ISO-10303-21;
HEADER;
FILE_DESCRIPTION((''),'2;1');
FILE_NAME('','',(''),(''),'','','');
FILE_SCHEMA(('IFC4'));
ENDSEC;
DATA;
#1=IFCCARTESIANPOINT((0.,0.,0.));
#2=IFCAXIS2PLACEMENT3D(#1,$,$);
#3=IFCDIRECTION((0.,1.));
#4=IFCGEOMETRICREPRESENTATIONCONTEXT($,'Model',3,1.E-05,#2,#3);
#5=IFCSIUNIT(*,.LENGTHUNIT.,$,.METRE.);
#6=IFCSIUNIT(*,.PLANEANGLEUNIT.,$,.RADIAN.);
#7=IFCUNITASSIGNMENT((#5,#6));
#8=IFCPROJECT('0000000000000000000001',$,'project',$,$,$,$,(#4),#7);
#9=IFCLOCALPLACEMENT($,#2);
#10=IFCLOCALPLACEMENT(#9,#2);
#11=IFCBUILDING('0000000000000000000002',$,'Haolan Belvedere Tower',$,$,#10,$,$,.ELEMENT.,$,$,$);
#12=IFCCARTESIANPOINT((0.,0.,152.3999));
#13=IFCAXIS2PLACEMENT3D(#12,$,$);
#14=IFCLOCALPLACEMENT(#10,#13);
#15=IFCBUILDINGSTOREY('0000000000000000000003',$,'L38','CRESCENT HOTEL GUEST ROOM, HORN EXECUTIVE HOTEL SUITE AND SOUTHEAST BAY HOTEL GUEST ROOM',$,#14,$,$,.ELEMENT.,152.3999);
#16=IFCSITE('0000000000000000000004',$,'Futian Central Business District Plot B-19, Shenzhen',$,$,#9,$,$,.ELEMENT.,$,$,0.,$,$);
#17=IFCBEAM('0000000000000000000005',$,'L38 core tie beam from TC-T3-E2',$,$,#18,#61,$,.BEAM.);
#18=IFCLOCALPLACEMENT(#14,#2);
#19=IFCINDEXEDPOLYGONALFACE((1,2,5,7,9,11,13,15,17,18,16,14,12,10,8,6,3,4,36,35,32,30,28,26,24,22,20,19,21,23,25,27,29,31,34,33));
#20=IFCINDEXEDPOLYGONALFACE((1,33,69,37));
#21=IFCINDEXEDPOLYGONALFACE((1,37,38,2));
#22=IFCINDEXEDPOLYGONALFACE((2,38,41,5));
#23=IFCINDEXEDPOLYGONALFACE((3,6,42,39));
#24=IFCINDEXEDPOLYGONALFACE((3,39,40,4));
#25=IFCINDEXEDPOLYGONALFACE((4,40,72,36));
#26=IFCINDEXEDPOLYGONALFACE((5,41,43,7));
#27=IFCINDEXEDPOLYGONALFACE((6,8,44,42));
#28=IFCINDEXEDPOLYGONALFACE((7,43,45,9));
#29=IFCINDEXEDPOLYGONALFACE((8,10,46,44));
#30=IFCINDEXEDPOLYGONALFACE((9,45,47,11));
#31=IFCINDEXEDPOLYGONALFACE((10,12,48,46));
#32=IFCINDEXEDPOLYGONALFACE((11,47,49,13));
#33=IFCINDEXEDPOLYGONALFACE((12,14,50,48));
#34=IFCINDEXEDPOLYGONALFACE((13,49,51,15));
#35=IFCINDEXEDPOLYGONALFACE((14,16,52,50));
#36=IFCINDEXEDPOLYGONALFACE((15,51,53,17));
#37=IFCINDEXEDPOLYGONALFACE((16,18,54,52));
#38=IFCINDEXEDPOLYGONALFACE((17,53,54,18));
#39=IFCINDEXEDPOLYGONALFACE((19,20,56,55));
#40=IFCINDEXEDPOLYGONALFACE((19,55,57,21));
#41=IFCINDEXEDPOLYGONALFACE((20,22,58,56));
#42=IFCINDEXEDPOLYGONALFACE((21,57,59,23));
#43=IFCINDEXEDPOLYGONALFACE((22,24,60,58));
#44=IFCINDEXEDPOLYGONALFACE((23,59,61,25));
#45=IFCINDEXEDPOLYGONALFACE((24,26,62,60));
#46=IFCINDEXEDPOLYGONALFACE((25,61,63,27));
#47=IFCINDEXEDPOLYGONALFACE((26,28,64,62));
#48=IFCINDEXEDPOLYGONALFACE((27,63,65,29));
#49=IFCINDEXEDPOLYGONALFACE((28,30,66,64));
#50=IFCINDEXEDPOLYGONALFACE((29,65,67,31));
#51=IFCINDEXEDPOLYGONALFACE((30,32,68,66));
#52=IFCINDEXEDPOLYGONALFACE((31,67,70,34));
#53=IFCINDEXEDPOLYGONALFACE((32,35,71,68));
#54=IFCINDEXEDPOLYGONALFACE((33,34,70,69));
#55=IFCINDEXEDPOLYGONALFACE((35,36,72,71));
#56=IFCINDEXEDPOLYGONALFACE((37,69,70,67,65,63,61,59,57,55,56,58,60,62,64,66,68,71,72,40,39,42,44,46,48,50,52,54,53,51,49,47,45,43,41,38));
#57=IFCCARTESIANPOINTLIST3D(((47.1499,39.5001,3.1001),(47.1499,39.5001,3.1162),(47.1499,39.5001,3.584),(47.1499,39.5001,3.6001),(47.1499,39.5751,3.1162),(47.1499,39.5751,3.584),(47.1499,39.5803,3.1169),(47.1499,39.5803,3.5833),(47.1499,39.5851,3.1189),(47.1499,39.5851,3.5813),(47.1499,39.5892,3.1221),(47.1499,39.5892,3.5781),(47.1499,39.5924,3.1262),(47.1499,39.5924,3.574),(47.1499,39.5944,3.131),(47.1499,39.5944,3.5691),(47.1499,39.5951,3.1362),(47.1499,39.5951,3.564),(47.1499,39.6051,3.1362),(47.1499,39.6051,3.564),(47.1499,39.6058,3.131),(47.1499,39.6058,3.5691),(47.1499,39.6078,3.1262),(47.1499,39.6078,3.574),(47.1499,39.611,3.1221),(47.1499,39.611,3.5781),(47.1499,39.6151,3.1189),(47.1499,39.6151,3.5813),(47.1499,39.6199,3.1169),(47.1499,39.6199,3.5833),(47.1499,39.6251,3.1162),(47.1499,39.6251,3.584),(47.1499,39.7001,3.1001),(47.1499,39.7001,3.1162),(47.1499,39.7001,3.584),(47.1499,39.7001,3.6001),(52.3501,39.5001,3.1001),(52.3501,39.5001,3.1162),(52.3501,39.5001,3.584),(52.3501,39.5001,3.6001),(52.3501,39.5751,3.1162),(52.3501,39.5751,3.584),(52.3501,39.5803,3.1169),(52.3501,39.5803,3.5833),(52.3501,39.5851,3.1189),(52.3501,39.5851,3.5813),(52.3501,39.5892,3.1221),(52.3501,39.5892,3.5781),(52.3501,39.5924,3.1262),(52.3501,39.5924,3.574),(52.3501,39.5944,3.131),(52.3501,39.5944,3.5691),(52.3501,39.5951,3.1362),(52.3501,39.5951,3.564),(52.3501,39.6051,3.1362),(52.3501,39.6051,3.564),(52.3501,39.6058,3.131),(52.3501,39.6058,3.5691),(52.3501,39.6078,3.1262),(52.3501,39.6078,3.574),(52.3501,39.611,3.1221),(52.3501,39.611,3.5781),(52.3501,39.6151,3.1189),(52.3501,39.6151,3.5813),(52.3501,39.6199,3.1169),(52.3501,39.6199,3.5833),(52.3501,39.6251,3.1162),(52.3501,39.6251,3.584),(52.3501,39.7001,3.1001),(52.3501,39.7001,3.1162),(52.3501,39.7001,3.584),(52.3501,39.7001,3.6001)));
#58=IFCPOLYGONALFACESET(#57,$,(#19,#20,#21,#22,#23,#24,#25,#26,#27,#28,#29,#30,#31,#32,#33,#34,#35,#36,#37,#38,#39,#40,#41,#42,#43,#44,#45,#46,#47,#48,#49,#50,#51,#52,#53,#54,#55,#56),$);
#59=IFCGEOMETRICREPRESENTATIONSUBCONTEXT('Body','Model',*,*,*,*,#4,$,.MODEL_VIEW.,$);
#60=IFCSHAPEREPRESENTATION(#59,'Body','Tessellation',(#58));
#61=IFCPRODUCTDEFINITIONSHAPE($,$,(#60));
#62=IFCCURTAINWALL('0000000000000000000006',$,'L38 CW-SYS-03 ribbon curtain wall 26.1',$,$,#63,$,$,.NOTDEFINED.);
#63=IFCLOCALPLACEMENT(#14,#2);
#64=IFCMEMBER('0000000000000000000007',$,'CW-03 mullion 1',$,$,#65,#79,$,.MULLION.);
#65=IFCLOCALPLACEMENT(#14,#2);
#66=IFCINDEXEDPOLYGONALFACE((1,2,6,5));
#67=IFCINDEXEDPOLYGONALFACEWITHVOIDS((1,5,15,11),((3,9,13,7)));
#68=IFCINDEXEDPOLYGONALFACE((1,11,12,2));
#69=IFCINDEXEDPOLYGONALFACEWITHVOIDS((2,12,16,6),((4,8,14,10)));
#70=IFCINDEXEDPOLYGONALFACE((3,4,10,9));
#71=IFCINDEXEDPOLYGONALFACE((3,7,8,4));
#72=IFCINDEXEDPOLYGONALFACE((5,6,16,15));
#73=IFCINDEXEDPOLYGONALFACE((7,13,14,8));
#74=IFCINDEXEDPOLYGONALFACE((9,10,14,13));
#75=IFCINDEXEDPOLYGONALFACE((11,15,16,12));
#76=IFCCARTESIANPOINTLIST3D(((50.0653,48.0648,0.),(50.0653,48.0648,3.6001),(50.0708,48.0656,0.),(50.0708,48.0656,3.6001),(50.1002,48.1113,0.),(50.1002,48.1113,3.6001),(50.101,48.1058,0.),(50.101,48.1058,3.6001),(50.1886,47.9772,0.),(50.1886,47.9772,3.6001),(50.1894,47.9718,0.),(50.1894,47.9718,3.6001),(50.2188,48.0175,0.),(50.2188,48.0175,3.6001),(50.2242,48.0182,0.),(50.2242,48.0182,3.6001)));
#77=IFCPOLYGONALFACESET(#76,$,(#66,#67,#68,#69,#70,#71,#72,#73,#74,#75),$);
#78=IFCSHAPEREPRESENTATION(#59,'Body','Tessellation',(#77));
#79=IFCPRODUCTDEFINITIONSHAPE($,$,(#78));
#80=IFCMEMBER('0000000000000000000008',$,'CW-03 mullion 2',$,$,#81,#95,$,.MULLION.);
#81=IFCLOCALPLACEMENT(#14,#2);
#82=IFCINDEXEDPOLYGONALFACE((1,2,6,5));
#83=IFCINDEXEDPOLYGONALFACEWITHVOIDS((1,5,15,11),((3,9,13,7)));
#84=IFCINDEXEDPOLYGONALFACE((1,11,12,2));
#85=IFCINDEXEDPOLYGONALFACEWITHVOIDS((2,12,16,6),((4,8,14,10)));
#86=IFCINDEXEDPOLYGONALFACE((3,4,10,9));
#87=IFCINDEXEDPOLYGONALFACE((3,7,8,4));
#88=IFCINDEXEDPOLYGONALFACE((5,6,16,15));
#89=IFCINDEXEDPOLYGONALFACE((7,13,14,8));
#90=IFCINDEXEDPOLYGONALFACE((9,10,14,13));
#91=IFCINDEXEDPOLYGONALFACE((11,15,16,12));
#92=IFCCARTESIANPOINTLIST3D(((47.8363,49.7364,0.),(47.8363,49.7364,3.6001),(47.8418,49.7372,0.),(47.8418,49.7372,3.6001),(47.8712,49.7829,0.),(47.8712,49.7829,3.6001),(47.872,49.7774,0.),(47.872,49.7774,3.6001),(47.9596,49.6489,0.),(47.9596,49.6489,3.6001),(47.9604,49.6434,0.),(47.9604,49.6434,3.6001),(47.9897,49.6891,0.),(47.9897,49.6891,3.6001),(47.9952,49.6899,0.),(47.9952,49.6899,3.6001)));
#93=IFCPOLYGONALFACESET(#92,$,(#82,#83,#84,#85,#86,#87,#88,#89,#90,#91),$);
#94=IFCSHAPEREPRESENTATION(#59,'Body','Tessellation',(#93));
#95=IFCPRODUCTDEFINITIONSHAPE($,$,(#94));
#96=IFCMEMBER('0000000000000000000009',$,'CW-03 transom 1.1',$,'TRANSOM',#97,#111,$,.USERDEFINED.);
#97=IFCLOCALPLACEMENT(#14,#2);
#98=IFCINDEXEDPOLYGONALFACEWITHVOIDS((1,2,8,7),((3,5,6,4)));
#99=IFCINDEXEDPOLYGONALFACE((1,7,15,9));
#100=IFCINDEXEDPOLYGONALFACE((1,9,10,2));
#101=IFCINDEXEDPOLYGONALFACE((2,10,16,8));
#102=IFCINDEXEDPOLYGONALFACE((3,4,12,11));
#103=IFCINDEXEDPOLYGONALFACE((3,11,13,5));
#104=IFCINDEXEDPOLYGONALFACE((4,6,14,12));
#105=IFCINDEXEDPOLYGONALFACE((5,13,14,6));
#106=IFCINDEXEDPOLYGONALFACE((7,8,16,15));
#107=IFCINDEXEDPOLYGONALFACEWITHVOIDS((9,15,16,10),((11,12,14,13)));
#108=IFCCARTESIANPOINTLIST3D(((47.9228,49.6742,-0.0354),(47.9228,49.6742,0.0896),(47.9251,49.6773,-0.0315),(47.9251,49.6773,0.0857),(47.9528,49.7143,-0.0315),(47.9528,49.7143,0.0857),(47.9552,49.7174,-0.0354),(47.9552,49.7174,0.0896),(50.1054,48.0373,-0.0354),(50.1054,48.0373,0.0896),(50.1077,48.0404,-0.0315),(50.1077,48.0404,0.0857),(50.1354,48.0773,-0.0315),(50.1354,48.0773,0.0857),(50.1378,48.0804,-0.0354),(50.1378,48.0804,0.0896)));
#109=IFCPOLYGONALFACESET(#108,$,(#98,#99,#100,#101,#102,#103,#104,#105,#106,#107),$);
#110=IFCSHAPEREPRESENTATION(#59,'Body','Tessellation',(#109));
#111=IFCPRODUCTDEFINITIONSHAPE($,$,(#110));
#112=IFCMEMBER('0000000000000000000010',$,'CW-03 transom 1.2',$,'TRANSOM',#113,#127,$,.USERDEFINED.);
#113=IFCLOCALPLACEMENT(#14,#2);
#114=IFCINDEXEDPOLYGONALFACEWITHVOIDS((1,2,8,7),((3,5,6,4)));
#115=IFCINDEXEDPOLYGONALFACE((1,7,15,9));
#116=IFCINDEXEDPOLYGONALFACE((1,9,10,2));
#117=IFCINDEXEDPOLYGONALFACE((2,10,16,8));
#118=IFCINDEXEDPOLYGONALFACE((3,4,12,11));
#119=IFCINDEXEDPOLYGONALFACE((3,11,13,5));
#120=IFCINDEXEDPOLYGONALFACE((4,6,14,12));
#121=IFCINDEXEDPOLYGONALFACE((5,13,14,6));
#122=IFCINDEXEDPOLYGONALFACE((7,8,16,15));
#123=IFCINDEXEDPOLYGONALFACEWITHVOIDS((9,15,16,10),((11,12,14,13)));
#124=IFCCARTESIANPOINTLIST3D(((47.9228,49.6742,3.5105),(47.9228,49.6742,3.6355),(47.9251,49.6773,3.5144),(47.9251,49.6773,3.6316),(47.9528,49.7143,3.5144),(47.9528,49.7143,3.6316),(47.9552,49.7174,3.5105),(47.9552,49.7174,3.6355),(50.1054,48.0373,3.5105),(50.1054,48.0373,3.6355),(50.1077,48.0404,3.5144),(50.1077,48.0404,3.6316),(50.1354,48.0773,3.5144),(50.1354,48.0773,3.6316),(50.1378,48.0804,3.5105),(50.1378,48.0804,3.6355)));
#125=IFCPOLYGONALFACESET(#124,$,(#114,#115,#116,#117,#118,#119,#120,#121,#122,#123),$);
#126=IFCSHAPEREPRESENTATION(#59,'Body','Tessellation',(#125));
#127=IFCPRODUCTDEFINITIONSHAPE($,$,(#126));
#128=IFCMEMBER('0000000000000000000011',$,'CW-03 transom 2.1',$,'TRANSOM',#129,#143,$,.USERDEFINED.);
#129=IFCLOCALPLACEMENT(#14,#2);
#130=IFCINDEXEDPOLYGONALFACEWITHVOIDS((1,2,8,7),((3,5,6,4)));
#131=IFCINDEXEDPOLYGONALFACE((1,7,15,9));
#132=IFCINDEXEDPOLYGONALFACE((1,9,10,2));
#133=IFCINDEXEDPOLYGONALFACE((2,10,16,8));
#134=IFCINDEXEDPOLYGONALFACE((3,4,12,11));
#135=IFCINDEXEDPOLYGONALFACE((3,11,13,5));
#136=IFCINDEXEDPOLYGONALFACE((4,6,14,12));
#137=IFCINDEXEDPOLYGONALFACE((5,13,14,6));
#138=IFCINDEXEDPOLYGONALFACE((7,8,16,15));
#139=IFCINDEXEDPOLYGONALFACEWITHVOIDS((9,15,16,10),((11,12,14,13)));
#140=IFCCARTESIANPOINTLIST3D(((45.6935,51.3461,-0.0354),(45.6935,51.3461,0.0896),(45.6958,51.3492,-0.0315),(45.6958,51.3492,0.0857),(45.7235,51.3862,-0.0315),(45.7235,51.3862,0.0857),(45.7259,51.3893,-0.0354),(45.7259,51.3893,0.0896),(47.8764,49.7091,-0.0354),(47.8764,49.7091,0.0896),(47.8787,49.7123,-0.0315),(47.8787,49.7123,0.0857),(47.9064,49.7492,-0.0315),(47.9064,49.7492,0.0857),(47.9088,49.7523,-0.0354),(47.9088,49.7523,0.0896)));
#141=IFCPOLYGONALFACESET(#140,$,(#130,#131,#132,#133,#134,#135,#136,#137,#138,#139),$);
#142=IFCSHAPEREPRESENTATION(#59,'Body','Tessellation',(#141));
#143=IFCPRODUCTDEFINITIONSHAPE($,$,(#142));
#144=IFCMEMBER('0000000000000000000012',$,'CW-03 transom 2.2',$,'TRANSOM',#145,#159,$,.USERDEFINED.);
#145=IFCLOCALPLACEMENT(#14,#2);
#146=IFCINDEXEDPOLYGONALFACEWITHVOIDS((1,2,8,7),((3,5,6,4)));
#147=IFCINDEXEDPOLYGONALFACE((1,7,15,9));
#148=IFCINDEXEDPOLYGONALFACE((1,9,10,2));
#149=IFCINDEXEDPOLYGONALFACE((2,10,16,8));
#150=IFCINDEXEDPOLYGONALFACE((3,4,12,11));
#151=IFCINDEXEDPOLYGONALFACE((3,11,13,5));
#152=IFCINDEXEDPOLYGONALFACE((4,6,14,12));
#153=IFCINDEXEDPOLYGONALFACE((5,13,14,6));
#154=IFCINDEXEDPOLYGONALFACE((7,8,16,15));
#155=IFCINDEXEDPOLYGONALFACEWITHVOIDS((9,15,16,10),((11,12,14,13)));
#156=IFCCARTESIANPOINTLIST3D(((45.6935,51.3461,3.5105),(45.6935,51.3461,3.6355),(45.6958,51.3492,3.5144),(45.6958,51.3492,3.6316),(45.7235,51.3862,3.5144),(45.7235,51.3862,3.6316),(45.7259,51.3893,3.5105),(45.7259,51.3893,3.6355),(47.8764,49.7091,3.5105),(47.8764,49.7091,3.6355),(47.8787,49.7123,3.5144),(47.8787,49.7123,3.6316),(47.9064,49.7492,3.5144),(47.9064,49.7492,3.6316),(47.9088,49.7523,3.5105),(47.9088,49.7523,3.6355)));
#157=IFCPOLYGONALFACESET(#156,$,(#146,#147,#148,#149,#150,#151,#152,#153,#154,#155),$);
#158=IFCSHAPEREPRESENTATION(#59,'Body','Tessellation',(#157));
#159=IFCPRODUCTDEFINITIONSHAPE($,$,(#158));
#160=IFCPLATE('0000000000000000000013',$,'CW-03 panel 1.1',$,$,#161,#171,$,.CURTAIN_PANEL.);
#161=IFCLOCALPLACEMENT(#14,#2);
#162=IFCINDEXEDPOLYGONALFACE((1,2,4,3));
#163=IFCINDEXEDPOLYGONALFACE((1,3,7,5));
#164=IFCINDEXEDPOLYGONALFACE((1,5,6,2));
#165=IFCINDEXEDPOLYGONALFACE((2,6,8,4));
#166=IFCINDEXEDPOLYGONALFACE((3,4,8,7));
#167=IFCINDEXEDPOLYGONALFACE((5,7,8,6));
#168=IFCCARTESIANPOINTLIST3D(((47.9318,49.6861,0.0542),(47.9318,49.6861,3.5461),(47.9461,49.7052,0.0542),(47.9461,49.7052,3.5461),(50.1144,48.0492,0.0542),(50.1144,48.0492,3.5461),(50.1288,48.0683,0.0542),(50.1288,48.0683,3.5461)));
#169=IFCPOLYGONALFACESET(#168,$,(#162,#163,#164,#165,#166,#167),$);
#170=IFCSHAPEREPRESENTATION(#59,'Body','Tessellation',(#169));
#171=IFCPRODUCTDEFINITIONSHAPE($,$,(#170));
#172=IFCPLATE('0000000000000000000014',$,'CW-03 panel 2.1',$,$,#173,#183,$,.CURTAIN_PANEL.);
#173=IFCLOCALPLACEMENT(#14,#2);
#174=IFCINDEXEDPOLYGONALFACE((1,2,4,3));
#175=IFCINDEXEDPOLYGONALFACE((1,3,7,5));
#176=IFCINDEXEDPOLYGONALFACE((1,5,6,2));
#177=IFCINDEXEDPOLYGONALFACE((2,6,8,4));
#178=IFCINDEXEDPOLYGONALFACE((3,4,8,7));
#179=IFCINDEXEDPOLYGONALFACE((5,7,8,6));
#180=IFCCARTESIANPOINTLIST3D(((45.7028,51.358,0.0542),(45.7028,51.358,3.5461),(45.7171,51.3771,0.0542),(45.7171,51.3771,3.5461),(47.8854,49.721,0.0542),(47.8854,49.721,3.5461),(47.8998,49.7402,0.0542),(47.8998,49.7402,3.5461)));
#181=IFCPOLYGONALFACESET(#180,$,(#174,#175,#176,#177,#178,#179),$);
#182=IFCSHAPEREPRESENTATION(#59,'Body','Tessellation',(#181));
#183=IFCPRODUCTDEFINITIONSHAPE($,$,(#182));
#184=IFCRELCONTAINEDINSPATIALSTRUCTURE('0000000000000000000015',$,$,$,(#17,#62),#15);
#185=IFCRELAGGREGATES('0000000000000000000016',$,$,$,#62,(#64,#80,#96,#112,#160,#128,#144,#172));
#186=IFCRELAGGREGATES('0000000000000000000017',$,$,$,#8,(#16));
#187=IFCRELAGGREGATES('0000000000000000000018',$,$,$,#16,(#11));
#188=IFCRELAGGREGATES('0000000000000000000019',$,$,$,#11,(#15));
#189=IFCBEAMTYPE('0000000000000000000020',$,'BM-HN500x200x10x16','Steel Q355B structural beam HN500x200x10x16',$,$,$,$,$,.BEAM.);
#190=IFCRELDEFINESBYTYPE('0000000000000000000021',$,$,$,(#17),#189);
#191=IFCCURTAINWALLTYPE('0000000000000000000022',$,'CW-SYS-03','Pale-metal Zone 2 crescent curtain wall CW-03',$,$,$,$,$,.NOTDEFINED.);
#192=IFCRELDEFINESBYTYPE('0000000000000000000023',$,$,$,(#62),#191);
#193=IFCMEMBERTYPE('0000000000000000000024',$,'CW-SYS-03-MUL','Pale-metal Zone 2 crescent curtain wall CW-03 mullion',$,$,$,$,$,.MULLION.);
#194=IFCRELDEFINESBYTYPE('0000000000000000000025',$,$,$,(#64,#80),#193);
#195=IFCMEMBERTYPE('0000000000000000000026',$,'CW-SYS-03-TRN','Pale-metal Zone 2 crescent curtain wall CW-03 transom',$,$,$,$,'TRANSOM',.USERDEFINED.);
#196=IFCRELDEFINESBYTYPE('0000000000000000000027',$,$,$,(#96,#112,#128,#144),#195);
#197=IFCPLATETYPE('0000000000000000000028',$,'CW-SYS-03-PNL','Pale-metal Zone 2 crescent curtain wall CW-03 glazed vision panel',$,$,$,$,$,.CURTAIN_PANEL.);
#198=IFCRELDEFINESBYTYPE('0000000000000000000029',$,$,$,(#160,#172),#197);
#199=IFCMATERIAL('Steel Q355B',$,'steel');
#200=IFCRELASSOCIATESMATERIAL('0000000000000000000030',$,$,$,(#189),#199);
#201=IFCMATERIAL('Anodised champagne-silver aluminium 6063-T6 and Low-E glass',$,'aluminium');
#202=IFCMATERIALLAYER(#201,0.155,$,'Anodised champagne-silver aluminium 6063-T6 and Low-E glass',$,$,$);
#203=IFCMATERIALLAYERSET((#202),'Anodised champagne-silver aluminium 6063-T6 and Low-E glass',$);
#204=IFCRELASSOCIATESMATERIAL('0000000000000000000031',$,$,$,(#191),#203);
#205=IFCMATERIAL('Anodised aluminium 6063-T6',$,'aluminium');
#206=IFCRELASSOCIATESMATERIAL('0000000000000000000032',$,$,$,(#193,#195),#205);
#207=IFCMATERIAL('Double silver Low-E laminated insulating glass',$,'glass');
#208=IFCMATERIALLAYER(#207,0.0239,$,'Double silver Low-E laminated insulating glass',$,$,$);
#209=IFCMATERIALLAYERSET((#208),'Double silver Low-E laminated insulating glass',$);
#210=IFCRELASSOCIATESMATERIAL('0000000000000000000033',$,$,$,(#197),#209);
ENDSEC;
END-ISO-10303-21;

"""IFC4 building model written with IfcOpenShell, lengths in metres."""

from ifc_helpers import new_model, si_unit, direction, frame, origin, origin_2d, place, context, subcontext, project, spatial, rectangle, hollow_rectangle, i_section, extrude, material, layer, layer_set, material_profile, profile_set, type_object, element, aggregate, save


model = new_model("IFC4")

# Units and contexts
model_context = context("Model", 3, precision=1e-05, world=origin(), true_north=direction((0.0, 1.0)))
body_context = subcontext(model_context, "Body", "Model", "MODEL_VIEW")
ifc_project = project(units=[si_unit("LENGTHUNIT", "METRE"), si_unit("PLANEANGLEUNIT", "RADIAN")], contexts=[model_context])

# Site, building, storey
site_placement = place(None, origin())
site = spatial("IfcSite", under=ifc_project, at=site_placement, Name="Futian Central Business District Plot B-19, Shenzhen", CompositionType="ELEMENT", RefElevation=0.0)
building_placement = place(site_placement, origin())
building = spatial("IfcBuilding", under=site, at=building_placement, Name="Haolan Belvedere Tower", CompositionType="ELEMENT")
storey_placement = place(building_placement, frame((0.0, 0.0, 152.3999)))
storey = spatial("IfcBuildingStorey", under=building, at=storey_placement, Name="L38", Description="CRESCENT HOTEL GUEST ROOM, HORN EXECUTIVE HOTEL SUITE AND SOUTHEAST BAY HOTEL GUEST ROOM", CompositionType="ELEMENT", Elevation=152.3999)

# Beam
ifc_material_1 = material(Name="Steel Q355B", Category="steel")
ifc_material_profile_1 = material_profile(ifc_material_1, i_section(OverallWidth=0.2, OverallDepth=0.5, WebThickness=0.01, FlangeThickness=0.0161, FilletRadius=0.02, at=origin_2d()), Name="Steel Q355B")
ifc_profile_set_1 = profile_set([ifc_material_profile_1], Name="Steel Q355B")
beam_type = type_object("IfcBeamType", Name="BM-HN500x200x10x16", Description="Steel Q355B structural beam HN500x200x10x16", PredefinedType="BEAM", material=ifc_profile_set_1)
beam_placement = place(storey_placement, frame((52.3501, 39.6001, 3.3501), z_axis=(-1.0, 0.0, 0.0), x_axis=(0.0, -1.0, 0.0)))
element("IfcBeam", 1, at=beam_placement, inside=storey, type_object=beam_type, Name="L38 core tie beam from TC-T3-E2", PredefinedType="BEAM", context=body_context, shape_type="SweptSolid", body=[
    extrude(i_section(OverallWidth=0.2, OverallDepth=0.5, WebThickness=0.01, FlangeThickness=0.0161, FilletRadius=0.02, at=origin_2d()), origin(), (0.0, 0.0, 1.0), 5.2002),
])

# Curtain wall, members, plates
ifc_material_2 = material(Name="Anodised champagne-silver aluminium 6063-T6 and Low-E glass", Category="aluminium")
ifc_layer_1 = layer(ifc_material_2, 0.155, Name="Anodised champagne-silver aluminium 6063-T6 and Low-E glass")
ifc_layer_set_1 = layer_set([ifc_layer_1], Name="Anodised champagne-silver aluminium 6063-T6 and Low-E glass")
curtain_wall_type = type_object("IfcCurtainWallType", Name="CW-SYS-03", Description="Pale-metal Zone 2 crescent curtain wall CW-03", PredefinedType="NOTDEFINED", material=ifc_layer_set_1)
curtain_wall_placement = place(storey_placement, origin())
curtain_wall = element("IfcCurtainWall", 2, at=curtain_wall_placement, inside=storey, type_object=curtain_wall_type, Name="L38 CW-SYS-03 ribbon curtain wall 26.1", PredefinedType="NOTDEFINED")
ifc_material_3 = material(Name="Anodised aluminium 6063-T6", Category="aluminium")
ifc_material_profile_2 = material_profile(ifc_material_3, hollow_rectangle(XDim=0.0581, YDim=0.155, WallThickness=0.0039, at=origin_2d()), Name="Anodised aluminium 6063-T6")
ifc_profile_set_2 = profile_set([ifc_material_profile_2], Name="Anodised aluminium 6063-T6")
member_type_1 = type_object("IfcMemberType", Name="CW-SYS-03-MUL", Description="Pale-metal Zone 2 crescent curtain wall CW-03 mullion", PredefinedType="MULLION", material=ifc_profile_set_2)
member_1_placement = place(storey_placement, frame((50.1448, 48.0415, 0.0), z_axis=(0.0, 0.0, 1.0), x_axis=(-0.599994, -0.800004, 0.0)))
member_1 = element("IfcMember", 3, at=member_1_placement, type_object=member_type_1, Name="CW-03 mullion 1", PredefinedType="MULLION", context=body_context, shape_type="SweptSolid", body=[
    extrude(hollow_rectangle(XDim=0.0581, YDim=0.155, WallThickness=0.0039, at=origin_2d()), origin(), (0.0, 0.0, 1.0), 3.6001),
])
member_2_placement = place(storey_placement, frame((47.9158, 49.7131, 0.0), z_axis=(0.0, 0.0, 1.0), x_axis=(-0.599994, -0.800004, 0.0)))
member_2 = element("IfcMember", 4, at=member_2_placement, type_object=member_type_1, Name="CW-03 mullion 2", PredefinedType="MULLION", context=body_context, shape_type="SweptSolid", body=[
    extrude(hollow_rectangle(XDim=0.0581, YDim=0.155, WallThickness=0.0039, at=origin_2d()), origin(), (0.0, 0.0, 1.0), 3.6001),
])
ifc_material_profile_3 = material_profile(ifc_material_3, hollow_rectangle(XDim=0.054, YDim=0.125, WallThickness=0.0039, at=origin_2d()), Name="Anodised aluminium 6063-T6")
ifc_profile_set_3 = profile_set([ifc_material_profile_3], Name="Anodised aluminium 6063-T6")
member_type_2 = type_object("IfcMemberType", Name="CW-SYS-03-TRN", Description="Pale-metal Zone 2 crescent curtain wall CW-03 transom", ElementType="TRANSOM", PredefinedType="USERDEFINED", material=ifc_profile_set_3)
member_3_placement = place(storey_placement, frame((50.1216, 48.0588, 0.0271), z_axis=(-0.8, 0.6, 0.0), x_axis=(-0.6, -0.8, 0.0)))
member_3 = element("IfcMember", 5, at=member_3_placement, type_object=member_type_2, Name="CW-03 transom 1.1", ObjectType="TRANSOM", PredefinedType="USERDEFINED", context=body_context, shape_type="SweptSolid", body=[
    extrude(hollow_rectangle(XDim=0.054, YDim=0.125, WallThickness=0.0039, at=origin_2d()), origin(), (0.0, 0.0, 1.0), 2.7283),
])
member_4_placement = place(storey_placement, frame((50.1216, 48.0588, 3.573), z_axis=(-0.8, 0.6, 0.0), x_axis=(-0.6, -0.8, 0.0)))
member_4 = element("IfcMember", 6, at=member_4_placement, type_object=member_type_2, Name="CW-03 transom 1.2", ObjectType="TRANSOM", PredefinedType="USERDEFINED", context=body_context, shape_type="SweptSolid", body=[
    extrude(hollow_rectangle(XDim=0.054, YDim=0.125, WallThickness=0.0039, at=origin_2d()), origin(), (0.0, 0.0, 1.0), 2.7283),
])
member_5_placement = place(storey_placement, frame((47.8926, 49.7307, 0.0271), z_axis=(-0.800032, 0.599957, 0.0), x_axis=(-0.599957, -0.800032, 0.0)))
member_5 = element("IfcMember", 7, at=member_5_placement, type_object=member_type_2, Name="CW-03 transom 2.1", ObjectType="TRANSOM", PredefinedType="USERDEFINED", context=body_context, shape_type="SweptSolid", body=[
    extrude(hollow_rectangle(XDim=0.054, YDim=0.125, WallThickness=0.0039, at=origin_2d()), origin(), (0.0, 0.0, 1.0), 2.7285),
])
member_6_placement = place(storey_placement, frame((47.8926, 49.7307, 3.573), z_axis=(-0.800032, 0.599957, 0.0), x_axis=(-0.599957, -0.800032, 0.0)))
member_6 = element("IfcMember", 8, at=member_6_placement, type_object=member_type_2, Name="CW-03 transom 2.2", ObjectType="TRANSOM", PredefinedType="USERDEFINED", context=body_context, shape_type="SweptSolid", body=[
    extrude(hollow_rectangle(XDim=0.054, YDim=0.125, WallThickness=0.0039, at=origin_2d()), origin(), (0.0, 0.0, 1.0), 2.7285),
])
ifc_material_4 = material(Name="Double silver Low-E laminated insulating glass", Category="glass")
ifc_layer_2 = layer(ifc_material_4, 0.0239, Name="Double silver Low-E laminated insulating glass")
ifc_layer_set_2 = layer_set([ifc_layer_2], Name="Double silver Low-E laminated insulating glass")
plate_type = type_object("IfcPlateType", Name="CW-SYS-03-PNL", Description="Pale-metal Zone 2 crescent curtain wall CW-03 glazed vision panel", PredefinedType="CURTAIN_PANEL", material=ifc_layer_set_2)
plate_1_placement = place(storey_placement, frame((49.0303, 48.8772, 0.0542), z_axis=(0.0, 0.0, 1.0), x_axis=(-0.800004, 0.599994, 0.0)))
plate_1 = element("IfcPlate", 9, at=plate_1_placement, type_object=plate_type, Name="CW-03 panel 1.1", PredefinedType="CURTAIN_PANEL", context=body_context, shape_type="SweptSolid", body=[
    extrude(rectangle(XDim=2.7283, YDim=0.0239, at=origin_2d()), origin(), (0.0, 0.0, 1.0), 3.4919),
])
plate_2_placement = place(storey_placement, frame((46.8013, 50.5491, 0.0542), z_axis=(0.0, 0.0, 1.0), x_axis=(-0.800004, 0.599994, 0.0)))
plate_2 = element("IfcPlate", 10, at=plate_2_placement, type_object=plate_type, Name="CW-03 panel 2.1", PredefinedType="CURTAIN_PANEL", context=body_context, shape_type="SweptSolid", body=[
    extrude(rectangle(XDim=2.7283, YDim=0.0239, at=origin_2d()), origin(), (0.0, 0.0, 1.0), 3.4919),
])
aggregate(curtain_wall, [member_1, member_2, member_3, member_4, plate_1, member_5, member_6, plate_2])

save(model, "model.ifc")
